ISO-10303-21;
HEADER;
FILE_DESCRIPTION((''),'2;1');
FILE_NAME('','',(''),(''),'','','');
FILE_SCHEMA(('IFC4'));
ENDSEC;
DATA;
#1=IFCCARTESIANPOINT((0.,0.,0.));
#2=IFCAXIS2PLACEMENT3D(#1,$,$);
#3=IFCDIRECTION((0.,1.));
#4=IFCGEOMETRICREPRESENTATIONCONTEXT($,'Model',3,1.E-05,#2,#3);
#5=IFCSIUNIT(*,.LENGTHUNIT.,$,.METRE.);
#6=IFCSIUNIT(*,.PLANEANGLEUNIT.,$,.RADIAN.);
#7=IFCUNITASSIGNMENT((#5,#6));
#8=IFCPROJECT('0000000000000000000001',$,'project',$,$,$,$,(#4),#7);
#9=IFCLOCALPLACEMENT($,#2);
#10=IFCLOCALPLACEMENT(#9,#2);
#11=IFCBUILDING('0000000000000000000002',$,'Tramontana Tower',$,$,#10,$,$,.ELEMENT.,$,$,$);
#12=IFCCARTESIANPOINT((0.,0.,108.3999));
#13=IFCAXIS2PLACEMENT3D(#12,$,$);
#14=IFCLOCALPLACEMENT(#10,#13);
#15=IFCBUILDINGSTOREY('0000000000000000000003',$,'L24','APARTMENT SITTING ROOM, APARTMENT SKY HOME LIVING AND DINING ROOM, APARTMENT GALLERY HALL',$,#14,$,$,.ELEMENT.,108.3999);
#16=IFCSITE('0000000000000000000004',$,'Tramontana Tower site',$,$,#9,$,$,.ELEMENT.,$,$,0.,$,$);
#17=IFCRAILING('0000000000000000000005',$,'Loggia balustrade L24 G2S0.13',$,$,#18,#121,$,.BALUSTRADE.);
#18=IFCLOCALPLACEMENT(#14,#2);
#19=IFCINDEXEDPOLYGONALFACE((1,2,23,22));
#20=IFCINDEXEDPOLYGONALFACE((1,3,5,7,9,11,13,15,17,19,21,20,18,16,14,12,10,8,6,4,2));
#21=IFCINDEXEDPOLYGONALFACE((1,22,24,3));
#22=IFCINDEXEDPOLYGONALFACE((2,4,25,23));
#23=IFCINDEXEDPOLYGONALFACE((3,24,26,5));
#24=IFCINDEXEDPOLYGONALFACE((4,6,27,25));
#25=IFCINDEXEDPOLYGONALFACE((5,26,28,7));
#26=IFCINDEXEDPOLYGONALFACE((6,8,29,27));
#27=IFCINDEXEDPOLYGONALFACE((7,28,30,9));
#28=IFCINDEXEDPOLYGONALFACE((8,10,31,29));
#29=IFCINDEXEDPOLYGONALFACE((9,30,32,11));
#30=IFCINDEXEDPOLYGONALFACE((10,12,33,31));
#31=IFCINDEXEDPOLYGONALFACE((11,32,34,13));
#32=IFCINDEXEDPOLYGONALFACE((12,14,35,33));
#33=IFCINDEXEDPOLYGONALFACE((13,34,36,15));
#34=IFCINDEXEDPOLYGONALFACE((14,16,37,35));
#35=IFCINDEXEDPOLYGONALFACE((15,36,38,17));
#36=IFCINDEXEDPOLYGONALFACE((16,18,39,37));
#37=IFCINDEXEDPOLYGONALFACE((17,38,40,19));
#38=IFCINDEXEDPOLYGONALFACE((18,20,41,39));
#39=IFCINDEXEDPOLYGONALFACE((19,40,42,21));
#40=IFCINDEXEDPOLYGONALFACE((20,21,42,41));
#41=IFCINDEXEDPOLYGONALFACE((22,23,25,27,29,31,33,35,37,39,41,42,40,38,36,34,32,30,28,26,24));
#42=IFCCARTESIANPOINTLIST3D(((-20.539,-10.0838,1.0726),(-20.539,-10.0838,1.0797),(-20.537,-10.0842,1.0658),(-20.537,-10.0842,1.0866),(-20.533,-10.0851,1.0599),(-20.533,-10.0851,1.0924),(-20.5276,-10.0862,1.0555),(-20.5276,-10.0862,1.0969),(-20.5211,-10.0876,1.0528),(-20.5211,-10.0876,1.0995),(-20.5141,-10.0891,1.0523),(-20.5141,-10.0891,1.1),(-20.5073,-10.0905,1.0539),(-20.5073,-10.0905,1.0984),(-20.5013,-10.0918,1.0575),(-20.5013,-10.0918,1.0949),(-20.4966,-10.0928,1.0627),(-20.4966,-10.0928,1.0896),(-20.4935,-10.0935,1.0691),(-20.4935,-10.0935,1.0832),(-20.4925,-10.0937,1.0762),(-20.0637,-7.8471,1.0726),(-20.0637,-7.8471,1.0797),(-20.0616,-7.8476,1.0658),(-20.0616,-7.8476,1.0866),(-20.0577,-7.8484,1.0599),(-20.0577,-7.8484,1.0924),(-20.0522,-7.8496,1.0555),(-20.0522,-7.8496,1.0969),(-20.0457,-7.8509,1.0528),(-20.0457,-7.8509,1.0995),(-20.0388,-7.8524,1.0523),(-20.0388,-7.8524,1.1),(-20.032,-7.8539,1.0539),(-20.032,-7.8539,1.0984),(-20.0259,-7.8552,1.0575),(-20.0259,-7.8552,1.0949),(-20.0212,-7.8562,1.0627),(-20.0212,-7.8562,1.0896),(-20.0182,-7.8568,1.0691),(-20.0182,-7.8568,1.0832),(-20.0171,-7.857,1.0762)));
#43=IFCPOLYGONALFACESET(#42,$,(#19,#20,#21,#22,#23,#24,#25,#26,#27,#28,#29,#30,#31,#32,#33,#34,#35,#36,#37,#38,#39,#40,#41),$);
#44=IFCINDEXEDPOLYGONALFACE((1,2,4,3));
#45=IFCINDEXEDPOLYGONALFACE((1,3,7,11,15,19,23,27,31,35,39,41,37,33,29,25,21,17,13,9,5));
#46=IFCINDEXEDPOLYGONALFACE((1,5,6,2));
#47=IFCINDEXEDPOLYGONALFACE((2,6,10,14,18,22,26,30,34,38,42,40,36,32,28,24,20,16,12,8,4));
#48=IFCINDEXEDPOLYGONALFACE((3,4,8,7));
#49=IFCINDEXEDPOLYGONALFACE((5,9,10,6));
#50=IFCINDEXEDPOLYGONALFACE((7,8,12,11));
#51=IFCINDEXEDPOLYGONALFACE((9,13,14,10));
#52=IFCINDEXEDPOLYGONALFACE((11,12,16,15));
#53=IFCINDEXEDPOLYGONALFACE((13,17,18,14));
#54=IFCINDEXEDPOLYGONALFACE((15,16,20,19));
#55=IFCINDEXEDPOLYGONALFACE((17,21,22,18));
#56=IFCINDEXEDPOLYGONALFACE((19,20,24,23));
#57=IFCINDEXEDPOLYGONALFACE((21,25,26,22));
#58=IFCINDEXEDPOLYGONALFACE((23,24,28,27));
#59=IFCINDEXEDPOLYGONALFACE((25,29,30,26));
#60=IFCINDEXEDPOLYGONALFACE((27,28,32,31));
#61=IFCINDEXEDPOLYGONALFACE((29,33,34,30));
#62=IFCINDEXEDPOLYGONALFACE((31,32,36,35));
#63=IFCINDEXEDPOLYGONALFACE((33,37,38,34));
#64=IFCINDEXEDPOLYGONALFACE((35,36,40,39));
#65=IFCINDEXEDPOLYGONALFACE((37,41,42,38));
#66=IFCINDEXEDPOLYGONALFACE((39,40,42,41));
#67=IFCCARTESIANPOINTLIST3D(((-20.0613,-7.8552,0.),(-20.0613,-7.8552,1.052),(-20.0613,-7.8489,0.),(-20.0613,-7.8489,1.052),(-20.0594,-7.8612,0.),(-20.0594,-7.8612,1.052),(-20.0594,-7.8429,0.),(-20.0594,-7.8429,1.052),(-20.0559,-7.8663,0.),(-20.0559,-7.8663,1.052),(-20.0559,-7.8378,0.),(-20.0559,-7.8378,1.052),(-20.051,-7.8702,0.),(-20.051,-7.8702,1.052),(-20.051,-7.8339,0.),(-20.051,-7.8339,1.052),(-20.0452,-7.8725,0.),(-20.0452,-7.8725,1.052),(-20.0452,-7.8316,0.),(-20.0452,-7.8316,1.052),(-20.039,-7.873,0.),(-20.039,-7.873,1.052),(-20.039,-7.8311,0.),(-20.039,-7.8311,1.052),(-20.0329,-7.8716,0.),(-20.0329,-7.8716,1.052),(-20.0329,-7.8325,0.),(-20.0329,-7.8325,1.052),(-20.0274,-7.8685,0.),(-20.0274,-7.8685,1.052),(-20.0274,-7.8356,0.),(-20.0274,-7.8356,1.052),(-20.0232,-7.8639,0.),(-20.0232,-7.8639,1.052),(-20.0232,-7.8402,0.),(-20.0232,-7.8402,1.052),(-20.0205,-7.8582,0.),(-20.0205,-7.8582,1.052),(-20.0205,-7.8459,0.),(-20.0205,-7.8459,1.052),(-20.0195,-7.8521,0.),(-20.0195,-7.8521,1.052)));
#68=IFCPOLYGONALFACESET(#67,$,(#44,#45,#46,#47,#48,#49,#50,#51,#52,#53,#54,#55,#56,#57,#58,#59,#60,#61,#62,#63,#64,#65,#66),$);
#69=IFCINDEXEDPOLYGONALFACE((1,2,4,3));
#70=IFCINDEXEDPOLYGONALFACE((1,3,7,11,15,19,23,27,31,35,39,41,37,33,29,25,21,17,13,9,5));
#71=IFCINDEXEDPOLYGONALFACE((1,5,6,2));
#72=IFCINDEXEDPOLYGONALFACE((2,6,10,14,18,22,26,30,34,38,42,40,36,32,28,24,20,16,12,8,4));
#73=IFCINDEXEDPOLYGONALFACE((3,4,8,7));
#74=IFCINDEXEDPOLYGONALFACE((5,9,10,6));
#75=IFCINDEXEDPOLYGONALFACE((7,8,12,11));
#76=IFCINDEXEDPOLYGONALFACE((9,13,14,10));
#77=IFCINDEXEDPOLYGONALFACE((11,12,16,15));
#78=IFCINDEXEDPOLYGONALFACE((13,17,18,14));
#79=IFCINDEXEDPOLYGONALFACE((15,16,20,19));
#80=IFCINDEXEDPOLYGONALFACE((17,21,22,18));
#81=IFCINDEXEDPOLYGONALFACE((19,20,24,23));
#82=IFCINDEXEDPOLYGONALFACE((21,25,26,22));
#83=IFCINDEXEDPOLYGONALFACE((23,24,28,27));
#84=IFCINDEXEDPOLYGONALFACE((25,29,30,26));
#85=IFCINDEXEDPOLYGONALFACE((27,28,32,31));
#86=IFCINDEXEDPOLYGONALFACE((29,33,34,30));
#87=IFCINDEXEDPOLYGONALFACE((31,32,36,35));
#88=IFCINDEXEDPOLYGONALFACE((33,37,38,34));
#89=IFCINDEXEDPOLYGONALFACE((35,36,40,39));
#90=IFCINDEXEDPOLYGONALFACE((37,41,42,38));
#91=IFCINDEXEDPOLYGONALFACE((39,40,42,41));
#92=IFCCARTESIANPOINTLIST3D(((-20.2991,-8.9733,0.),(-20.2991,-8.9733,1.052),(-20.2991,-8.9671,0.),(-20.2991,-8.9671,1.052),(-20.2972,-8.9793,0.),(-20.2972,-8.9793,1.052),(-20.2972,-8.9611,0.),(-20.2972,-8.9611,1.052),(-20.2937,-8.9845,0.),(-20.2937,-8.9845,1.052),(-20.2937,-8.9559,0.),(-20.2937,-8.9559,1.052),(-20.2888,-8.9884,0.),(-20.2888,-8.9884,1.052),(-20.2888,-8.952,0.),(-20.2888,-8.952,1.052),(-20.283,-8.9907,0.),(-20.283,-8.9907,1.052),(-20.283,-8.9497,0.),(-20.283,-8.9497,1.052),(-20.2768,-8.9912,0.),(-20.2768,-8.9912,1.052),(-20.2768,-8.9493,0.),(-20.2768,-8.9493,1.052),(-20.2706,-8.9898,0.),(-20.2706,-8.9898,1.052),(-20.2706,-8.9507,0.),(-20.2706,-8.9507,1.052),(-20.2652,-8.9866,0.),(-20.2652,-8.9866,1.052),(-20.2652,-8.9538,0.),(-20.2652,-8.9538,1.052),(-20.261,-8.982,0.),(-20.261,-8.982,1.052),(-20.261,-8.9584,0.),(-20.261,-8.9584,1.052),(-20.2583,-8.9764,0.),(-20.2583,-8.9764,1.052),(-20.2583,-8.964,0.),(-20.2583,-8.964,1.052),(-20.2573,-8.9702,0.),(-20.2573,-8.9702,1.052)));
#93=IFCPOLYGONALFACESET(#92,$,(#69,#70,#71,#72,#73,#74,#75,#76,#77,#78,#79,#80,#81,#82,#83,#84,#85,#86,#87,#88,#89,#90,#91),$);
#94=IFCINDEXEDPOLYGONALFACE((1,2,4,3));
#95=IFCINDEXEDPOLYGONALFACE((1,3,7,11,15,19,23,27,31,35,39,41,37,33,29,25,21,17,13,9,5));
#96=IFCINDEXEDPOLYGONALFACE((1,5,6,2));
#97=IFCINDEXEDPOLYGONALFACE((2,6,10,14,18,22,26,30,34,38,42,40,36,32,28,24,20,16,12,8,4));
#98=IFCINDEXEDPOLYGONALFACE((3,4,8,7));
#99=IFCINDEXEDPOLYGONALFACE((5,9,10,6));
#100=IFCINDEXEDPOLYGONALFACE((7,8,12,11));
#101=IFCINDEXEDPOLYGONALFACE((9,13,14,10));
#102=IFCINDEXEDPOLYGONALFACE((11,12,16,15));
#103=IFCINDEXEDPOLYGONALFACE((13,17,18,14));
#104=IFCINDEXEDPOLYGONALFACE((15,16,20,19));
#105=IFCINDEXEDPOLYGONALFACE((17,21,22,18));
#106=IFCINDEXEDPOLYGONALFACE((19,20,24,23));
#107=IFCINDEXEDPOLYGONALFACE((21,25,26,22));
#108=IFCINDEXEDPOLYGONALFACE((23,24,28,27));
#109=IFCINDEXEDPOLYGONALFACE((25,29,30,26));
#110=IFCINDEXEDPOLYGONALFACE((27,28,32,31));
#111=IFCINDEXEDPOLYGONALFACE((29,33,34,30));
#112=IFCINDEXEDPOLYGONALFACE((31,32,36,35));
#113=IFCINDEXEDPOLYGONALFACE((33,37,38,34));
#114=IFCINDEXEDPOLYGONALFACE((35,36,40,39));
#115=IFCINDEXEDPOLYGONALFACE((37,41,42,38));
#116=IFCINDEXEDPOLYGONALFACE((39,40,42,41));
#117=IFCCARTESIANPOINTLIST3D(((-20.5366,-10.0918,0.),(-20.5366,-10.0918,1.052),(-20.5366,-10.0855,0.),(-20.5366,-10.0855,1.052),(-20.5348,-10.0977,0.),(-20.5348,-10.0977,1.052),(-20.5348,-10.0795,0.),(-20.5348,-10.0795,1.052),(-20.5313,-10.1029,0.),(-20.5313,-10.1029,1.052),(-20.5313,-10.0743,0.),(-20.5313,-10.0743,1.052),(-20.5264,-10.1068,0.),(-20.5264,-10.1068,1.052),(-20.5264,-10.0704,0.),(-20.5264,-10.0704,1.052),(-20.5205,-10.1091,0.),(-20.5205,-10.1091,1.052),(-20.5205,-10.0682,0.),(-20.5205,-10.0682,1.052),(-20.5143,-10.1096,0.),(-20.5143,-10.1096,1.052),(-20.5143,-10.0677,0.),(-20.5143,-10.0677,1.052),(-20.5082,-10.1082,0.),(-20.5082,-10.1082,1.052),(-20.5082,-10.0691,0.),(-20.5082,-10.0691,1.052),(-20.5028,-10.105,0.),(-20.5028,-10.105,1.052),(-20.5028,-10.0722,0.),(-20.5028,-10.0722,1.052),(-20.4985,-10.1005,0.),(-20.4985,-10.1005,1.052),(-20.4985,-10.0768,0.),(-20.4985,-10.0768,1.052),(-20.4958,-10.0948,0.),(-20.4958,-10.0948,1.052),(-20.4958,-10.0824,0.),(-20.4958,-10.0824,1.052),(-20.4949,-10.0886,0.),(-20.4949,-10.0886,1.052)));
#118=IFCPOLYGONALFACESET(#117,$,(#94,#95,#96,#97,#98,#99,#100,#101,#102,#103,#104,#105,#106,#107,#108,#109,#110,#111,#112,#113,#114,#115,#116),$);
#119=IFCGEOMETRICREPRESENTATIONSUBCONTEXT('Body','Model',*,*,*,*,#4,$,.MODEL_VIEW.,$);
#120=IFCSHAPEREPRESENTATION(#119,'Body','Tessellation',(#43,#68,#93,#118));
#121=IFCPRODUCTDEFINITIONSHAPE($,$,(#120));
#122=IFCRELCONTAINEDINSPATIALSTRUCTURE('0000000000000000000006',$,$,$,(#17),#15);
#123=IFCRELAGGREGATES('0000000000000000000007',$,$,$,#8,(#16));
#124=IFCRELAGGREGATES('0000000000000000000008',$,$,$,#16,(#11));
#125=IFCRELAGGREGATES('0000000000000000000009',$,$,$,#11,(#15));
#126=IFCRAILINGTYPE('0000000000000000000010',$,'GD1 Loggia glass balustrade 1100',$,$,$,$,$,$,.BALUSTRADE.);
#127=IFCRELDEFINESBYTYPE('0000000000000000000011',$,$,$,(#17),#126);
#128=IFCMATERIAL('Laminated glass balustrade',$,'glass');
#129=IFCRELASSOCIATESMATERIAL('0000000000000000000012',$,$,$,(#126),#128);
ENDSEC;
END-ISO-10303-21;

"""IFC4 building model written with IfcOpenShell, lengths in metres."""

from ifc_helpers import new_model, si_unit, direction, frame, origin, origin_2d, place, context, subcontext, project, spatial, circle, extrude, material, type_object, element, save


model = new_model("IFC4")

# Units and contexts
model_context = context("Model", 3, precision=1e-05, world=origin(), true_north=direction((0.0, 1.0)))
body_context = subcontext(model_context, "Body", "Model", "MODEL_VIEW")
ifc_project = project(units=[si_unit("LENGTHUNIT", "METRE"), si_unit("PLANEANGLEUNIT", "RADIAN")], contexts=[model_context])

# Site, building, storey
site_placement = place(None, origin())
site = spatial("IfcSite", under=ifc_project, at=site_placement, Name="Tramontana Tower site", CompositionType="ELEMENT", RefElevation=0.0)
building_placement = place(site_placement, origin())
building = spatial("IfcBuilding", under=site, at=building_placement, Name="Tramontana Tower", CompositionType="ELEMENT")
storey_placement = place(building_placement, frame((0.0, 0.0, 108.3999)))
storey = spatial("IfcBuildingStorey", under=building, at=storey_placement, Name="L24", Description="APARTMENT SITTING ROOM, APARTMENT SKY HOME LIVING AND DINING ROOM, APARTMENT GALLERY HALL", CompositionType="ELEMENT", Elevation=108.3999)

# Railing
ifc_material_1 = material(Name="Laminated glass balustrade", Category="glass")
railing_type = type_object("IfcRailingType", Name="GD1 Loggia glass balustrade 1100", PredefinedType="BALUSTRADE", material=ifc_material_1)
railing_placement = place(storey_placement, frame((-20.0405, -7.8521, 0.0)))
element("IfcRailing", 1, at=railing_placement, inside=storey, type_object=railing_type, Name="Loggia balustrade L24 G2S0.13", PredefinedType="BALUSTRADE", context=body_context, shape_type="SweptSolid", body=[
    extrude(circle(Radius=0.0239, at=origin_2d()), frame((0.0, 0.0, 1.0762), z_axis=(-0.207888, -0.978153, 0.0), x_axis=(0.978153, -0.207888, 0.0)), (0.0, 0.0, 1.0), 2.2866),
    extrude(circle(Radius=0.021, at=origin_2d()), origin(), (0.0, 0.0, 1.0), 1.052),
    extrude(circle(Radius=0.021, at=origin_2d()), frame((-0.2378, -1.1182, 0.0)), (0.0, 0.0, 1.0), 1.052),
    extrude(circle(Radius=0.021, at=origin_2d()), frame((-0.4753, -2.2366, 0.0)), (0.0, 0.0, 1.0), 1.052),
])

save(model, "model.ifc")
